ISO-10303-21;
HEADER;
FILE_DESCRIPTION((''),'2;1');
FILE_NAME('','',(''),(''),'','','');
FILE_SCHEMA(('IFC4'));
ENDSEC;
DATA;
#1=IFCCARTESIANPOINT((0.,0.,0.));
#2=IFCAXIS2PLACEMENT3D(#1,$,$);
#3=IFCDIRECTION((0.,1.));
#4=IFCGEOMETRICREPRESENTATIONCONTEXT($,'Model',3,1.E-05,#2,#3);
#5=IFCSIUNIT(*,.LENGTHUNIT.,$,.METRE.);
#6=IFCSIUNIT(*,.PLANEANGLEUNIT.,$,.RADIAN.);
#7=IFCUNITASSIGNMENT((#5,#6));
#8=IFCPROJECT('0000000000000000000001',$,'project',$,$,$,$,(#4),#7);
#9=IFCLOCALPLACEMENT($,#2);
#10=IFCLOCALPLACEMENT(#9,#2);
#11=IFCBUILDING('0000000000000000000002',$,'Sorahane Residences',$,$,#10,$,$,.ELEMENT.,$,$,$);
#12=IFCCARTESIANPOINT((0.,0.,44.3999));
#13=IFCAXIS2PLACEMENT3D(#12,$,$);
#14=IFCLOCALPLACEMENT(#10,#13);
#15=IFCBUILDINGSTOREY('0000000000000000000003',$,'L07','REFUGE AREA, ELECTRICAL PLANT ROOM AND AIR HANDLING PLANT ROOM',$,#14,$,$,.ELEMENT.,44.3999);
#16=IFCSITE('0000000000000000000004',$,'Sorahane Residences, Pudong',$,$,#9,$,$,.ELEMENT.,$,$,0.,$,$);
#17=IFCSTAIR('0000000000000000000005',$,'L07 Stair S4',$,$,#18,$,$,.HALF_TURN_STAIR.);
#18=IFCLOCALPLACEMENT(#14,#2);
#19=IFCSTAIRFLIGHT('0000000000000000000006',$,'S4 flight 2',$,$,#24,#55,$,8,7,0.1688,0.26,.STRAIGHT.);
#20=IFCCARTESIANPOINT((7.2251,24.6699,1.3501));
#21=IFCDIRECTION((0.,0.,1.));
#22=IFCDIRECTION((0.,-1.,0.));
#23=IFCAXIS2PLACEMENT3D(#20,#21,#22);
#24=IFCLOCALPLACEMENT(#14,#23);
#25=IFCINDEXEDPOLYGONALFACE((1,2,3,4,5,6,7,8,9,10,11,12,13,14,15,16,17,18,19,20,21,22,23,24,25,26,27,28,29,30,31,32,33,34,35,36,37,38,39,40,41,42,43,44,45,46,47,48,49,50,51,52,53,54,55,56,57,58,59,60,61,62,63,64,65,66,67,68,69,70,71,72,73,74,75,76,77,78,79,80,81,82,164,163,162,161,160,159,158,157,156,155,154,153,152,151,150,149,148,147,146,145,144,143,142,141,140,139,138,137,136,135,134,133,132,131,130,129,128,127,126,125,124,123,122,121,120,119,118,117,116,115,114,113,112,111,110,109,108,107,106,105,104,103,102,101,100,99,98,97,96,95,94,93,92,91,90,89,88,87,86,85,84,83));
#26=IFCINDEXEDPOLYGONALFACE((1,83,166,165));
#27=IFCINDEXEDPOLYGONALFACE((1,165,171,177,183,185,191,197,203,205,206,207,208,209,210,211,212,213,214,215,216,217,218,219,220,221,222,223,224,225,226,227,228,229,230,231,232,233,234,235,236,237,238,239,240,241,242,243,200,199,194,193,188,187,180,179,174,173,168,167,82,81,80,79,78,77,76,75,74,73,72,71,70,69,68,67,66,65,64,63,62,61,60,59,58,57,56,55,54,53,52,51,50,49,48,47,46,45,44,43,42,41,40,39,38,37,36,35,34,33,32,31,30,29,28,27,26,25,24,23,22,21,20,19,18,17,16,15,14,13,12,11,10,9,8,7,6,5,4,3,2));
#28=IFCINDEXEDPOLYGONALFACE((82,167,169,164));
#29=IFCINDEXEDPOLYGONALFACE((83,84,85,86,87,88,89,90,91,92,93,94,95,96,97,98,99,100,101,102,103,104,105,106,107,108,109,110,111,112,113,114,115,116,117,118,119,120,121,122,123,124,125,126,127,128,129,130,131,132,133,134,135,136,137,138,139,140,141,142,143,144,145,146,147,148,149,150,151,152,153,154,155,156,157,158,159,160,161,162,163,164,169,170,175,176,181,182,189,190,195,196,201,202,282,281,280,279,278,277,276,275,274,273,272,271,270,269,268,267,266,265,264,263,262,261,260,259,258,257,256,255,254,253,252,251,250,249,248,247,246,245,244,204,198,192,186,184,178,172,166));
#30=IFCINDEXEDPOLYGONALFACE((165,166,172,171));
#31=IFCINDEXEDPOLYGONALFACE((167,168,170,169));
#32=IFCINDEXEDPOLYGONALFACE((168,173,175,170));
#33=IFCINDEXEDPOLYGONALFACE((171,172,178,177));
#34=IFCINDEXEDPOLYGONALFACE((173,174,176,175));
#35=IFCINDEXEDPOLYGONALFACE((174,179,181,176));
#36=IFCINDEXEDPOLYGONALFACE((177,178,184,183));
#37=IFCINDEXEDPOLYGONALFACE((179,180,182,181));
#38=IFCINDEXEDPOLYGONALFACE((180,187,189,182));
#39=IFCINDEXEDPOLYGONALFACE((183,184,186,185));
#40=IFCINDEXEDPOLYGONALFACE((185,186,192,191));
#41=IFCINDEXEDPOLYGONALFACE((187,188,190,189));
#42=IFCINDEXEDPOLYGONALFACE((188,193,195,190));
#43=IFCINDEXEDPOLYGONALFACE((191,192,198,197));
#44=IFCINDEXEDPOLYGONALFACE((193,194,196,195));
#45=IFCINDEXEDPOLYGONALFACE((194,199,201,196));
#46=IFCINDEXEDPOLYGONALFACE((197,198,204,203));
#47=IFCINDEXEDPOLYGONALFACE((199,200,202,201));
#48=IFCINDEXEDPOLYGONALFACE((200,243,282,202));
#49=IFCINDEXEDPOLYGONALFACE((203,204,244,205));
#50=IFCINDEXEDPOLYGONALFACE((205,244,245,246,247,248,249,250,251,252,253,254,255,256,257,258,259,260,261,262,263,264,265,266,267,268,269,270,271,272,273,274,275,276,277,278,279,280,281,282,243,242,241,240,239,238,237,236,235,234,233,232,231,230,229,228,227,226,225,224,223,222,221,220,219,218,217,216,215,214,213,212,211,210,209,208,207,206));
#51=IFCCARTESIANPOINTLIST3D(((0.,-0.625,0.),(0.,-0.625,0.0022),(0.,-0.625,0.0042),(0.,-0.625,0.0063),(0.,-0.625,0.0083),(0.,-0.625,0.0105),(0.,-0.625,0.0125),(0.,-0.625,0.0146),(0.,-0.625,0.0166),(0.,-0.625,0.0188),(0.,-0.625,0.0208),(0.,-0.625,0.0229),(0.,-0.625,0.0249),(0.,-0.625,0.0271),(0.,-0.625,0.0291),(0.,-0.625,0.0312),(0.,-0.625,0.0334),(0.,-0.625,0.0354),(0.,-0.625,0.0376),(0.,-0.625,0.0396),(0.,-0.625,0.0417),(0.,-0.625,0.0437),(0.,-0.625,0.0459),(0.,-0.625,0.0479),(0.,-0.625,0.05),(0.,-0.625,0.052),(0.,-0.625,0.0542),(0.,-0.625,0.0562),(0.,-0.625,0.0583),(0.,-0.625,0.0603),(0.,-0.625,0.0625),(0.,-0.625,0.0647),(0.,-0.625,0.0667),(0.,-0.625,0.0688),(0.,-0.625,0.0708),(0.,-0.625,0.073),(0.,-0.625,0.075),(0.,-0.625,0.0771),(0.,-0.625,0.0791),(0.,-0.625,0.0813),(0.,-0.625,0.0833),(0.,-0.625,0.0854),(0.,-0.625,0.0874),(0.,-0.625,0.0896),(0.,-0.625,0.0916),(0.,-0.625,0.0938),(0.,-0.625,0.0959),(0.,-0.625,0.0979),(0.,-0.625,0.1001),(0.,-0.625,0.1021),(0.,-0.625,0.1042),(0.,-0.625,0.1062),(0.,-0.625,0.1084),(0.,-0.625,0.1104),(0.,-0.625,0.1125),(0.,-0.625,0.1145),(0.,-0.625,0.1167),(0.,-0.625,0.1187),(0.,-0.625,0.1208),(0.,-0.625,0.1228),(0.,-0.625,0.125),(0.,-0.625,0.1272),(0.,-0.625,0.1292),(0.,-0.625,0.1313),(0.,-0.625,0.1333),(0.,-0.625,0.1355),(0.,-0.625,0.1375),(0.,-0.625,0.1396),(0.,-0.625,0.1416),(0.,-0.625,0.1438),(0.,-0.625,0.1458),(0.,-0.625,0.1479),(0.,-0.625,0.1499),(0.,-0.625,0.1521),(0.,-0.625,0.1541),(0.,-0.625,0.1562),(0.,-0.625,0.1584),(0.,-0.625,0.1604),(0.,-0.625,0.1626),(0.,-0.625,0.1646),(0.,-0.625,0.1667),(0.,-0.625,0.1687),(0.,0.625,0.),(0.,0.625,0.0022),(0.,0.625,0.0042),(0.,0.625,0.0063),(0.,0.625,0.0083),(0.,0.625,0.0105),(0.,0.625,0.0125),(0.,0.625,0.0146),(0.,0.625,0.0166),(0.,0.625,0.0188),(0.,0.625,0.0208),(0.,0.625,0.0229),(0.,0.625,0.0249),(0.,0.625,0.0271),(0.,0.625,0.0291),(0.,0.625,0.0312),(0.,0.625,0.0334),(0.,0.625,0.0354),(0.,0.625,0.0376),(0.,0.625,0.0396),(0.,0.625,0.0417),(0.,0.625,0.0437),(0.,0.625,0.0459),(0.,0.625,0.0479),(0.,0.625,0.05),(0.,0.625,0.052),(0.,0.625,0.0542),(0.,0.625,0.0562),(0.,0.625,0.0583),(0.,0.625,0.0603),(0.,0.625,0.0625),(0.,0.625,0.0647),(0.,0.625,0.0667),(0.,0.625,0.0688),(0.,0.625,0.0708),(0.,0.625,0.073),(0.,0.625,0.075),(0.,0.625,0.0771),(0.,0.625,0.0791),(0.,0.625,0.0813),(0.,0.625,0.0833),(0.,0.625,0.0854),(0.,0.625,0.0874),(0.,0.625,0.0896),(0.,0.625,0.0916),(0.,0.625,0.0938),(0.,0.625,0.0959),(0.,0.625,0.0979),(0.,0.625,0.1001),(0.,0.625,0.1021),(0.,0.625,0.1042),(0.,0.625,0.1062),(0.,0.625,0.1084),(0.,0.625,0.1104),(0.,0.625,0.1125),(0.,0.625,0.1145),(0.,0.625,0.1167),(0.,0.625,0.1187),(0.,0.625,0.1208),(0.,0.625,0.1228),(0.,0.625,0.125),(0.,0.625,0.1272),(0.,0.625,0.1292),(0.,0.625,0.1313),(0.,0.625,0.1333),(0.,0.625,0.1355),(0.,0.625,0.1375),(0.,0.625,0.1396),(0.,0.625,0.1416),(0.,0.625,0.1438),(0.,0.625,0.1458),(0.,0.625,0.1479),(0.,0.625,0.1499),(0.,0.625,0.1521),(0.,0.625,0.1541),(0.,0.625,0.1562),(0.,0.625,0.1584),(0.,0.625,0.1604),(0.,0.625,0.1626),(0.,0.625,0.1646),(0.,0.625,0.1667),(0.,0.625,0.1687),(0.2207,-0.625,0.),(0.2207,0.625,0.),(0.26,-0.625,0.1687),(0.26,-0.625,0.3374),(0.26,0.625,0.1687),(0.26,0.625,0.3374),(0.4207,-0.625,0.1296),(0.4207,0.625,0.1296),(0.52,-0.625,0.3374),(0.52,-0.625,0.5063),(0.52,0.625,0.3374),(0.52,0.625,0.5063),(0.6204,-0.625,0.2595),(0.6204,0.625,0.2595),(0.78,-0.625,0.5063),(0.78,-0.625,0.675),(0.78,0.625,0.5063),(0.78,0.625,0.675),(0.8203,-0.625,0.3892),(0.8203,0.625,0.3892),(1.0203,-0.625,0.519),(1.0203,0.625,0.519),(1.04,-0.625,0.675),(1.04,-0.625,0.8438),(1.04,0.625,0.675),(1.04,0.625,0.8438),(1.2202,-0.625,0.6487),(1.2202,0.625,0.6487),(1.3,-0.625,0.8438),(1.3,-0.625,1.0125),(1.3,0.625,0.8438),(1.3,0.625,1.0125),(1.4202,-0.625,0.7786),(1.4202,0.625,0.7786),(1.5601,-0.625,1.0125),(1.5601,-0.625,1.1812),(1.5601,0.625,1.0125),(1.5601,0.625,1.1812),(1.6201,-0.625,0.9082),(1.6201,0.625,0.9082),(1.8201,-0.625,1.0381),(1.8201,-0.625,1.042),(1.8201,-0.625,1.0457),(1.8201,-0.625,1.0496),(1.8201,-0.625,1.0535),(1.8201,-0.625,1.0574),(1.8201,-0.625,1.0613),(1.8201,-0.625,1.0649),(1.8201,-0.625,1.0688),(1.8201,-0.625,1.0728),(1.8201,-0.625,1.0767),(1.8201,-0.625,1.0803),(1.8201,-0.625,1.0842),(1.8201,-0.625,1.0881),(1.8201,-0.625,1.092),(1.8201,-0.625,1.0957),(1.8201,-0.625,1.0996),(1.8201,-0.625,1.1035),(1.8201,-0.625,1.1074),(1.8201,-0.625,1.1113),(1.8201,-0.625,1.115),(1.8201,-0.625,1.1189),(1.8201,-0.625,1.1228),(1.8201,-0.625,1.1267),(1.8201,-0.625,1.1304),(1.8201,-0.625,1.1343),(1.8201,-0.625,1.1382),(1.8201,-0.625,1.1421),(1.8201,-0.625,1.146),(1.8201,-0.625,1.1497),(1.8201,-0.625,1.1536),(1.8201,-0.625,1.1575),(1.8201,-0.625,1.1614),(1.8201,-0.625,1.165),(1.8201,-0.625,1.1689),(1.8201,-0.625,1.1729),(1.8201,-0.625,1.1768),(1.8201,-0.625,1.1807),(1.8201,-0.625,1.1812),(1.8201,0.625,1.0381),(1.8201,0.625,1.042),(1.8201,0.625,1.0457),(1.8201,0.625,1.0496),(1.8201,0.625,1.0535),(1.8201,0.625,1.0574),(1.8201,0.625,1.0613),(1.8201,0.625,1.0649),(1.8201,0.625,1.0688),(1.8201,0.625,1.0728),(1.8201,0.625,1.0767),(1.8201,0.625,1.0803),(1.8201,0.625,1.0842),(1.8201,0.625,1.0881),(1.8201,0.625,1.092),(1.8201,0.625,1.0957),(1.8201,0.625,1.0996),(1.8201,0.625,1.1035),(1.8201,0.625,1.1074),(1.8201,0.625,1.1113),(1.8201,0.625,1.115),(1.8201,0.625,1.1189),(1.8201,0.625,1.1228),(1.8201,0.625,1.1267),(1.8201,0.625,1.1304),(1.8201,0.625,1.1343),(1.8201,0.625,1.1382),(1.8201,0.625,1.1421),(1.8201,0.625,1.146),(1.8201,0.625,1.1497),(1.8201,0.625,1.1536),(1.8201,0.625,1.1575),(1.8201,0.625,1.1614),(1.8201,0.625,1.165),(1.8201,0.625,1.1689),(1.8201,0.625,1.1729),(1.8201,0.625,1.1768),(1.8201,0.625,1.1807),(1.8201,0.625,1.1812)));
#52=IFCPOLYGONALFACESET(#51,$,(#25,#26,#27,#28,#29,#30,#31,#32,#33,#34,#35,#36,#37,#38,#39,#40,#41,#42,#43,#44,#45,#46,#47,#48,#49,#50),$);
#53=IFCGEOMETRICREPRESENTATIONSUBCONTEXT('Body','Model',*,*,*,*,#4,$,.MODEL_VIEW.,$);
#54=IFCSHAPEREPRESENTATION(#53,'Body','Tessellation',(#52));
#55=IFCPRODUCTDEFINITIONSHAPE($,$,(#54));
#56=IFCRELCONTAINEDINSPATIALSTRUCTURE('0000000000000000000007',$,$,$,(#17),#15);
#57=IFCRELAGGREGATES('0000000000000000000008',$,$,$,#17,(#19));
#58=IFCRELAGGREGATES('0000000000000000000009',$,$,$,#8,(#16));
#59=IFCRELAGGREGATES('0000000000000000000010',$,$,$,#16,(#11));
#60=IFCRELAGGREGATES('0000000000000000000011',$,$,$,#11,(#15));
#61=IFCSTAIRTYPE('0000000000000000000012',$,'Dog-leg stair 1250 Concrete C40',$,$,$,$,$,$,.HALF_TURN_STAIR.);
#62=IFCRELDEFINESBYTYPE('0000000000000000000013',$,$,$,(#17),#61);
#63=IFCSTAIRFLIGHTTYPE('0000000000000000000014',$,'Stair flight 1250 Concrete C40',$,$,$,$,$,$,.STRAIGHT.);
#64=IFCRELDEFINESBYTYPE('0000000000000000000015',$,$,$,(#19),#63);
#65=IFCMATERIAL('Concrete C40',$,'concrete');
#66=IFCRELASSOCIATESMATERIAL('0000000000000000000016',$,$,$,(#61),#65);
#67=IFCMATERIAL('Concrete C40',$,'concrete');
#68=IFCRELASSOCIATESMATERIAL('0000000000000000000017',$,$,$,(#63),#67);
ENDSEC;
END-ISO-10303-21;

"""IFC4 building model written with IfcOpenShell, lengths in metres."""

from ifc_helpers import new_model, si_unit, direction, frame, origin, place, context, subcontext, project, spatial, polyline, outline, extrude, material, type_object, element, aggregate, save


model = new_model("IFC4")

# Units and contexts
model_context = context("Model", 3, precision=1e-05, world=origin(), true_north=direction((0.0, 1.0)))
body_context = subcontext(model_context, "Body", "Model", "MODEL_VIEW")
ifc_project = project(units=[si_unit("LENGTHUNIT", "METRE"), si_unit("PLANEANGLEUNIT", "RADIAN")], contexts=[model_context])

# Site, building, storey
site_placement = place(None, origin())
site = spatial("IfcSite", under=ifc_project, at=site_placement, Name="Sorahane Residences, Pudong", CompositionType="ELEMENT", RefElevation=0.0)
building_placement = place(site_placement, origin())
building = spatial("IfcBuilding", under=site, at=building_placement, Name="Sorahane Residences", CompositionType="ELEMENT")
storey_placement = place(building_placement, frame((0.0, 0.0, 44.3999)))
storey = spatial("IfcBuildingStorey", under=building, at=storey_placement, Name="L07", Description="REFUGE AREA, ELECTRICAL PLANT ROOM AND AIR HANDLING PLANT ROOM", CompositionType="ELEMENT", Elevation=44.3999)

# Stair, stair flight
ifc_material_1 = material(Name="Concrete C40", Category="concrete")
stair_type = type_object("IfcStairType", Name="Dog-leg stair 1250 Concrete C40", PredefinedType="HALF_TURN_STAIR", material=ifc_material_1)
stair_placement = place(storey_placement, origin())
stair = element("IfcStair", 1, at=stair_placement, inside=storey, type_object=stair_type, Name="L07 Stair S4", PredefinedType="HALF_TURN_STAIR")
ifc_material_2 = material(Name="Concrete C40", Category="concrete")
stair_flight_type = type_object("IfcStairFlightType", Name="Stair flight 1250 Concrete C40", PredefinedType="STRAIGHT", material=ifc_material_2)
stair_flight_placement = place(storey_placement, frame((7.2251, 24.6699, 1.3501), z_axis=(0.0, 0.0, 1.0), x_axis=(0.0, -1.0, 0.0)))
stair_flight = element("IfcStairFlight", 2, at=stair_flight_placement, type_object=stair_flight_type, Name="S4 flight 2", NumberOfRisers=8, NumberOfTreads=7, PredefinedType="STRAIGHT", RiserHeight=0.1688, TreadLength=0.26, context=body_context, shape_type="SweptSolid", body=[
    extrude(outline(polyline([(0.0, 0.0), (0.0, 0.0022), (0.0, 0.0042), (0.0, 0.0063), (0.0, 0.0083), (0.0, 0.0105), (0.0, 0.0125), (0.0, 0.0146), (0.0, 0.0166), (0.0, 0.0188), (0.0, 0.0208), (0.0, 0.0229), (0.0, 0.0249), (0.0, 0.0271), (0.0, 0.0291), (0.0, 0.0312), (0.0, 0.0334), (0.0, 0.0354), (0.0, 0.0376), (0.0, 0.0396), (0.0, 0.0417), (0.0, 0.0437), (0.0, 0.0459), (0.0, 0.0479), (0.0, 0.05), (0.0, 0.052), (0.0, 0.0542), (0.0, 0.0562), (0.0, 0.0583), (0.0, 0.0603), (0.0, 0.0625), (0.0, 0.0647), (0.0, 0.0667), (0.0, 0.0688), (0.0, 0.0708), (0.0, 0.073), (0.0, 0.075), (0.0, 0.0771), (0.0, 0.0791), (0.0, 0.0813), (0.0, 0.0833), (0.0, 0.0854), (0.0, 0.0874), (0.0, 0.0896), (0.0, 0.0916), (0.0, 0.0938), (0.0, 0.0959), (0.0, 0.0979), (0.0, 0.1001), (0.0, 0.1021), (0.0, 0.1042), (0.0, 0.1062), (0.0, 0.1084), (0.0, 0.1104), (0.0, 0.1125), (0.0, 0.1145), (0.0, 0.1167), (0.0, 0.1187), (0.0, 0.1208), (0.0, 0.1228), (0.0, 0.125), (0.0, 0.1272), (0.0, 0.1292), (0.0, 0.1313), (0.0, 0.1333), (0.0, 0.1355), (0.0, 0.1375), (0.0, 0.1396), (0.0, 0.1416), (0.0, 0.1438), (0.0, 0.1458), (0.0, 0.1479), (0.0, 0.1499), (0.0, 0.1521), (0.0, 0.1541), (0.0, 0.1562), (0.0, 0.1584), (0.0, 0.1604), (0.0, 0.1626), (0.0, 0.1646), (0.0, 0.1667), (0.0, 0.1687), (0.26, 0.1687), (0.26, 0.3374), (0.52, 0.3374), (0.52, 0.5063), (0.78, 0.5063), (0.78, 0.675), (1.04, 0.675), (1.04, 0.8438), (1.3, 0.8438), (1.3, 1.0125), (1.5601, 1.0125), (1.5601, 1.1812), (1.8201, 1.1812), (1.8201, 1.3501), (1.8201, 1.3462), (1.8201, 1.3423), (1.8201, 1.3384), (1.8201, 1.3347), (1.8201, 1.3308), (1.8201, 1.3269), (1.8201, 1.323), (1.8201, 1.3191), (1.8201, 1.3154), (1.8201, 1.3115), (1.8201, 1.3076), (1.8201, 1.3037), (1.8201, 1.3), (1.8201, 1.2961), (1.8201, 1.2922), (1.8201, 1.2883), (1.8201, 1.2844), (1.8201, 1.2808), (1.8201, 1.2769), (1.8201, 1.2729), (1.8201, 1.269), (1.8201, 1.2654), (1.8201, 1.2615), (1.8201, 1.2576), (1.8201, 1.2537), (1.8201, 1.2498), (1.8201, 1.2461), (1.8201, 1.2422), (1.8201, 1.2383), (1.8201, 1.2344), (1.8201, 1.2307), (1.8201, 1.2268), (1.8201, 1.2229), (1.8201, 1.219), (1.8201, 1.2151), (1.8201, 1.2114), (1.8201, 1.2075), (1.8201, 1.2036), (1.8201, 1.1997), (1.8201, 1.196), (1.8201, 1.1921), (1.8201, 1.1882), (1.8201, 1.1843), (1.8201, 1.1807), (1.8201, 1.1768), (1.8201, 1.1729), (1.8201, 1.1689), (1.8201, 1.165), (1.8201, 1.1614), (1.8201, 1.1575), (1.8201, 1.1536), (1.8201, 1.1497), (1.8201, 1.146), (1.8201, 1.1421), (1.8201, 1.1382), (1.8201, 1.1343), (1.8201, 1.1304), (1.8201, 1.1267), (1.8201, 1.1228), (1.8201, 1.1189), (1.8201, 1.115), (1.8201, 1.1113), (1.8201, 1.1074), (1.8201, 1.1035), (1.8201, 1.0996), (1.8201, 1.0957), (1.8201, 1.092), (1.8201, 1.0881), (1.8201, 1.0842), (1.8201, 1.0803), (1.8201, 1.0767), (1.8201, 1.0728), (1.8201, 1.0688), (1.8201, 1.0649), (1.8201, 1.0613), (1.8201, 1.0574), (1.8201, 1.0535), (1.8201, 1.0496), (1.8201, 1.0457), (1.8201, 1.042), (1.8201, 1.0381), (1.6201, 0.9082), (1.4202, 0.7786), (1.2202, 0.6487), (1.0203, 0.519), (0.8203, 0.3892), (0.6204, 0.2595), (0.4207, 0.1296), (0.2207, 0.0), (0.0, 0.0)])), frame((0.0, 0.625, 0.0), z_axis=(0.0, -1.0, 0.0), x_axis=(1.0, 0.0, 0.0)), (0.0, 0.0, 1.0), 1.25),
])
aggregate(stair, [stair_flight])

save(model, "model.ifc")
